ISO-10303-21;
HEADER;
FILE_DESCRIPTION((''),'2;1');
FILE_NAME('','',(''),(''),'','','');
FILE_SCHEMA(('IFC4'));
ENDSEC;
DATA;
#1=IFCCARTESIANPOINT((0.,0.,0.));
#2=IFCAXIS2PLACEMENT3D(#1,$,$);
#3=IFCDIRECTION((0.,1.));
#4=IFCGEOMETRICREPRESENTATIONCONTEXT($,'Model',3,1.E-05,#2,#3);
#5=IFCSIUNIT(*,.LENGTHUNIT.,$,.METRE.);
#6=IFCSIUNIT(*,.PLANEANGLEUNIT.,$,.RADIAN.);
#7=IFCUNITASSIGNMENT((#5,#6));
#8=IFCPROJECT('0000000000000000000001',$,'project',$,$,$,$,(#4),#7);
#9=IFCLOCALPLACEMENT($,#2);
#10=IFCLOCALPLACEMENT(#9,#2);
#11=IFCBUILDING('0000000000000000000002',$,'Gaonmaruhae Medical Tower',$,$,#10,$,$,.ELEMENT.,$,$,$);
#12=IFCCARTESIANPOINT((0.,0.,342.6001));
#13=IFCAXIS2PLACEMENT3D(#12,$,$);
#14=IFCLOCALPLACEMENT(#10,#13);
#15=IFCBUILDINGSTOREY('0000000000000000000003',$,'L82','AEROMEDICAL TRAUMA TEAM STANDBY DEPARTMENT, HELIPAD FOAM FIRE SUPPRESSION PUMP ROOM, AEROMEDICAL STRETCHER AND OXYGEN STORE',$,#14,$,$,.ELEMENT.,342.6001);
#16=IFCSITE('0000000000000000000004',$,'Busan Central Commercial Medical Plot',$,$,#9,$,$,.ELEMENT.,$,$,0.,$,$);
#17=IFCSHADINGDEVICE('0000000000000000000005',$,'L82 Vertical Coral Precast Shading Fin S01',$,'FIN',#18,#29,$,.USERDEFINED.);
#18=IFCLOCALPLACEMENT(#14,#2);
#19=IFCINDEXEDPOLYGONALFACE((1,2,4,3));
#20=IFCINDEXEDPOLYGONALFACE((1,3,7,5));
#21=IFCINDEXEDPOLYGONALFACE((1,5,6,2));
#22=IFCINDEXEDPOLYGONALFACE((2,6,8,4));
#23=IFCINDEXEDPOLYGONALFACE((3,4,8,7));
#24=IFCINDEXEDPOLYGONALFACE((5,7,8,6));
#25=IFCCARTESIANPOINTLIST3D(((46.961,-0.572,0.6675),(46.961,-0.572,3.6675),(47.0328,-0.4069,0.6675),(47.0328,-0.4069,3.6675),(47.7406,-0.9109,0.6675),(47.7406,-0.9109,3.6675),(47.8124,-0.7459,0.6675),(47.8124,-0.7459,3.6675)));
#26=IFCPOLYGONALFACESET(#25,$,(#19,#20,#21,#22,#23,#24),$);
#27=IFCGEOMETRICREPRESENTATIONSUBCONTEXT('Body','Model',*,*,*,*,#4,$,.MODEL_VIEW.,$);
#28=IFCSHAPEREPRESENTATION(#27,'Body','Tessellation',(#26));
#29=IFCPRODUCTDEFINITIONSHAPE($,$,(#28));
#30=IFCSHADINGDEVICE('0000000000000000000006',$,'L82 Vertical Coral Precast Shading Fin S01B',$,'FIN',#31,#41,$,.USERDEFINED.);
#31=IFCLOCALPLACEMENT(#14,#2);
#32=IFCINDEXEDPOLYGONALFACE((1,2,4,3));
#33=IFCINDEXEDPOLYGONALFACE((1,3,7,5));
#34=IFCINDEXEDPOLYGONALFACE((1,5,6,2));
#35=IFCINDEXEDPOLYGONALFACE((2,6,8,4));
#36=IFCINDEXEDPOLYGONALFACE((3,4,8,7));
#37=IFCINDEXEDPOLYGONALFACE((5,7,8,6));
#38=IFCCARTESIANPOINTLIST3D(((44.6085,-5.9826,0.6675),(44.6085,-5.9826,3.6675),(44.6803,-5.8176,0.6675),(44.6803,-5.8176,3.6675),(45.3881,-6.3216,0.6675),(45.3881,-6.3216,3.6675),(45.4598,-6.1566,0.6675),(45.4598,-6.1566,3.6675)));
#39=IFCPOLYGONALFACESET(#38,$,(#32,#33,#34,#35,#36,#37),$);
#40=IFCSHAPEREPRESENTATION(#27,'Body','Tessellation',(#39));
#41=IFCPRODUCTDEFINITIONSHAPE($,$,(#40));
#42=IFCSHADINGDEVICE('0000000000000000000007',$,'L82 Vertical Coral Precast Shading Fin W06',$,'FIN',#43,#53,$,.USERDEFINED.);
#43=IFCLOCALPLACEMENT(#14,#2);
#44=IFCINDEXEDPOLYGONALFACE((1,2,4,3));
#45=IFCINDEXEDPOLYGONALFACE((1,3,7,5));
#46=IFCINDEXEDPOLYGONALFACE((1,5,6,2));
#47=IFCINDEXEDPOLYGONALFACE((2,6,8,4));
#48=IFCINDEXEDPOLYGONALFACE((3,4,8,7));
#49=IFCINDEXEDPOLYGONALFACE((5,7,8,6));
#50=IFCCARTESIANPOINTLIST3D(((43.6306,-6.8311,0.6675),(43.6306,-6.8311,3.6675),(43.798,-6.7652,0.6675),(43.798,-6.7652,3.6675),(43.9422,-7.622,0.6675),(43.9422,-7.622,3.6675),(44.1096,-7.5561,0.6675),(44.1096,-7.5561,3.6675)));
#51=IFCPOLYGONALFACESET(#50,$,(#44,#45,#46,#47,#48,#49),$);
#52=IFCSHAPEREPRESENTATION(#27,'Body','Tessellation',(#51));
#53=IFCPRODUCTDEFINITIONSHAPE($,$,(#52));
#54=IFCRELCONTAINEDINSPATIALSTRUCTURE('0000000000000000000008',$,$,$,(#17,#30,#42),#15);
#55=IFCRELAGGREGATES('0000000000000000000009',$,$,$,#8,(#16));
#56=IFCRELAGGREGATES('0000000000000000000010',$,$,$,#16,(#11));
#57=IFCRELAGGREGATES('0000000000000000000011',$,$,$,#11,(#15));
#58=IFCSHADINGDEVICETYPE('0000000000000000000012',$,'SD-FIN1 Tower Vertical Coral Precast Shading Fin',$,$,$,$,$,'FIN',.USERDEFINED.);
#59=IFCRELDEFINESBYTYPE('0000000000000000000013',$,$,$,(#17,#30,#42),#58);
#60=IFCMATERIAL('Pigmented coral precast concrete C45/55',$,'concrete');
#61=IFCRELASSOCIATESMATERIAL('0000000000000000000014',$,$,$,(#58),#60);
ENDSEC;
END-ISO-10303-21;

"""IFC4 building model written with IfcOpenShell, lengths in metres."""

from ifc_helpers import new_model, si_unit, direction, frame, origin, origin_2d, place, context, subcontext, project, spatial, rectangle, extrude, material, type_object, element, save


model = new_model("IFC4")

# Units and contexts
model_context = context("Model", 3, precision=1e-05, world=origin(), true_north=direction((0.0, 1.0)))
body_context = subcontext(model_context, "Body", "Model", "MODEL_VIEW")
ifc_project = project(units=[si_unit("LENGTHUNIT", "METRE"), si_unit("PLANEANGLEUNIT", "RADIAN")], contexts=[model_context])

# Site, building, storey
site_placement = place(None, origin())
site = spatial("IfcSite", under=ifc_project, at=site_placement, Name="Busan Central Commercial Medical Plot", CompositionType="ELEMENT", RefElevation=0.0)
building_placement = place(site_placement, origin())
building = spatial("IfcBuilding", under=site, at=building_placement, Name="Gaonmaruhae Medical Tower", CompositionType="ELEMENT")
storey_placement = place(building_placement, frame((0.0, 0.0, 342.6001)))
storey = spatial("IfcBuildingStorey", under=building, at=storey_placement, Name="L82", Description="AEROMEDICAL TRAUMA TEAM STANDBY DEPARTMENT, HELIPAD FOAM FIRE SUPPRESSION PUMP ROOM, AEROMEDICAL STRETCHER AND OXYGEN STORE", CompositionType="ELEMENT", Elevation=342.6001)

# Shading devices
ifc_material_1 = material(Name="Pigmented coral precast concrete C45/55", Category="concrete")
shading_device_type = type_object("IfcShadingDeviceType", Name="SD-FIN1 Tower Vertical Coral Precast Shading Fin", ElementType="FIN", PredefinedType="USERDEFINED", material=ifc_material_1)
for number, where, z_axis, x_axis, name in (
    (1, (47.3867, -0.6589, 0.6675), (0.0, 0.0, 1.0), (-0.398749, -0.91706, 0.0), "L82 Vertical Coral Precast Shading Fin S01"),
    (2, (45.0342, -6.0696, 0.6675), (0.0, 0.0, 1.0), (-0.398749, -0.91706, 0.0), "L82 Vertical Coral Precast Shading Fin S01B"),
    (3, (43.8701, -7.1936, 0.6675), (0.0, 0.0, 1.0), (-0.930411, -0.366517, 0.0), "L82 Vertical Coral Precast Shading Fin W06"),
):
    element("IfcShadingDevice", number, at=place(storey_placement, frame(where, z_axis=z_axis, x_axis=x_axis)), inside=storey, type_object=shading_device_type, Name=name, ObjectType="FIN", PredefinedType="USERDEFINED", context=body_context, shape_type="SweptSolid", body=[
        extrude(rectangle(XDim=0.1799, YDim=0.8501, at=origin_2d()), origin(), (0.0, 0.0, 1.0), 3.0),
    ])

save(model, "model.ifc")
